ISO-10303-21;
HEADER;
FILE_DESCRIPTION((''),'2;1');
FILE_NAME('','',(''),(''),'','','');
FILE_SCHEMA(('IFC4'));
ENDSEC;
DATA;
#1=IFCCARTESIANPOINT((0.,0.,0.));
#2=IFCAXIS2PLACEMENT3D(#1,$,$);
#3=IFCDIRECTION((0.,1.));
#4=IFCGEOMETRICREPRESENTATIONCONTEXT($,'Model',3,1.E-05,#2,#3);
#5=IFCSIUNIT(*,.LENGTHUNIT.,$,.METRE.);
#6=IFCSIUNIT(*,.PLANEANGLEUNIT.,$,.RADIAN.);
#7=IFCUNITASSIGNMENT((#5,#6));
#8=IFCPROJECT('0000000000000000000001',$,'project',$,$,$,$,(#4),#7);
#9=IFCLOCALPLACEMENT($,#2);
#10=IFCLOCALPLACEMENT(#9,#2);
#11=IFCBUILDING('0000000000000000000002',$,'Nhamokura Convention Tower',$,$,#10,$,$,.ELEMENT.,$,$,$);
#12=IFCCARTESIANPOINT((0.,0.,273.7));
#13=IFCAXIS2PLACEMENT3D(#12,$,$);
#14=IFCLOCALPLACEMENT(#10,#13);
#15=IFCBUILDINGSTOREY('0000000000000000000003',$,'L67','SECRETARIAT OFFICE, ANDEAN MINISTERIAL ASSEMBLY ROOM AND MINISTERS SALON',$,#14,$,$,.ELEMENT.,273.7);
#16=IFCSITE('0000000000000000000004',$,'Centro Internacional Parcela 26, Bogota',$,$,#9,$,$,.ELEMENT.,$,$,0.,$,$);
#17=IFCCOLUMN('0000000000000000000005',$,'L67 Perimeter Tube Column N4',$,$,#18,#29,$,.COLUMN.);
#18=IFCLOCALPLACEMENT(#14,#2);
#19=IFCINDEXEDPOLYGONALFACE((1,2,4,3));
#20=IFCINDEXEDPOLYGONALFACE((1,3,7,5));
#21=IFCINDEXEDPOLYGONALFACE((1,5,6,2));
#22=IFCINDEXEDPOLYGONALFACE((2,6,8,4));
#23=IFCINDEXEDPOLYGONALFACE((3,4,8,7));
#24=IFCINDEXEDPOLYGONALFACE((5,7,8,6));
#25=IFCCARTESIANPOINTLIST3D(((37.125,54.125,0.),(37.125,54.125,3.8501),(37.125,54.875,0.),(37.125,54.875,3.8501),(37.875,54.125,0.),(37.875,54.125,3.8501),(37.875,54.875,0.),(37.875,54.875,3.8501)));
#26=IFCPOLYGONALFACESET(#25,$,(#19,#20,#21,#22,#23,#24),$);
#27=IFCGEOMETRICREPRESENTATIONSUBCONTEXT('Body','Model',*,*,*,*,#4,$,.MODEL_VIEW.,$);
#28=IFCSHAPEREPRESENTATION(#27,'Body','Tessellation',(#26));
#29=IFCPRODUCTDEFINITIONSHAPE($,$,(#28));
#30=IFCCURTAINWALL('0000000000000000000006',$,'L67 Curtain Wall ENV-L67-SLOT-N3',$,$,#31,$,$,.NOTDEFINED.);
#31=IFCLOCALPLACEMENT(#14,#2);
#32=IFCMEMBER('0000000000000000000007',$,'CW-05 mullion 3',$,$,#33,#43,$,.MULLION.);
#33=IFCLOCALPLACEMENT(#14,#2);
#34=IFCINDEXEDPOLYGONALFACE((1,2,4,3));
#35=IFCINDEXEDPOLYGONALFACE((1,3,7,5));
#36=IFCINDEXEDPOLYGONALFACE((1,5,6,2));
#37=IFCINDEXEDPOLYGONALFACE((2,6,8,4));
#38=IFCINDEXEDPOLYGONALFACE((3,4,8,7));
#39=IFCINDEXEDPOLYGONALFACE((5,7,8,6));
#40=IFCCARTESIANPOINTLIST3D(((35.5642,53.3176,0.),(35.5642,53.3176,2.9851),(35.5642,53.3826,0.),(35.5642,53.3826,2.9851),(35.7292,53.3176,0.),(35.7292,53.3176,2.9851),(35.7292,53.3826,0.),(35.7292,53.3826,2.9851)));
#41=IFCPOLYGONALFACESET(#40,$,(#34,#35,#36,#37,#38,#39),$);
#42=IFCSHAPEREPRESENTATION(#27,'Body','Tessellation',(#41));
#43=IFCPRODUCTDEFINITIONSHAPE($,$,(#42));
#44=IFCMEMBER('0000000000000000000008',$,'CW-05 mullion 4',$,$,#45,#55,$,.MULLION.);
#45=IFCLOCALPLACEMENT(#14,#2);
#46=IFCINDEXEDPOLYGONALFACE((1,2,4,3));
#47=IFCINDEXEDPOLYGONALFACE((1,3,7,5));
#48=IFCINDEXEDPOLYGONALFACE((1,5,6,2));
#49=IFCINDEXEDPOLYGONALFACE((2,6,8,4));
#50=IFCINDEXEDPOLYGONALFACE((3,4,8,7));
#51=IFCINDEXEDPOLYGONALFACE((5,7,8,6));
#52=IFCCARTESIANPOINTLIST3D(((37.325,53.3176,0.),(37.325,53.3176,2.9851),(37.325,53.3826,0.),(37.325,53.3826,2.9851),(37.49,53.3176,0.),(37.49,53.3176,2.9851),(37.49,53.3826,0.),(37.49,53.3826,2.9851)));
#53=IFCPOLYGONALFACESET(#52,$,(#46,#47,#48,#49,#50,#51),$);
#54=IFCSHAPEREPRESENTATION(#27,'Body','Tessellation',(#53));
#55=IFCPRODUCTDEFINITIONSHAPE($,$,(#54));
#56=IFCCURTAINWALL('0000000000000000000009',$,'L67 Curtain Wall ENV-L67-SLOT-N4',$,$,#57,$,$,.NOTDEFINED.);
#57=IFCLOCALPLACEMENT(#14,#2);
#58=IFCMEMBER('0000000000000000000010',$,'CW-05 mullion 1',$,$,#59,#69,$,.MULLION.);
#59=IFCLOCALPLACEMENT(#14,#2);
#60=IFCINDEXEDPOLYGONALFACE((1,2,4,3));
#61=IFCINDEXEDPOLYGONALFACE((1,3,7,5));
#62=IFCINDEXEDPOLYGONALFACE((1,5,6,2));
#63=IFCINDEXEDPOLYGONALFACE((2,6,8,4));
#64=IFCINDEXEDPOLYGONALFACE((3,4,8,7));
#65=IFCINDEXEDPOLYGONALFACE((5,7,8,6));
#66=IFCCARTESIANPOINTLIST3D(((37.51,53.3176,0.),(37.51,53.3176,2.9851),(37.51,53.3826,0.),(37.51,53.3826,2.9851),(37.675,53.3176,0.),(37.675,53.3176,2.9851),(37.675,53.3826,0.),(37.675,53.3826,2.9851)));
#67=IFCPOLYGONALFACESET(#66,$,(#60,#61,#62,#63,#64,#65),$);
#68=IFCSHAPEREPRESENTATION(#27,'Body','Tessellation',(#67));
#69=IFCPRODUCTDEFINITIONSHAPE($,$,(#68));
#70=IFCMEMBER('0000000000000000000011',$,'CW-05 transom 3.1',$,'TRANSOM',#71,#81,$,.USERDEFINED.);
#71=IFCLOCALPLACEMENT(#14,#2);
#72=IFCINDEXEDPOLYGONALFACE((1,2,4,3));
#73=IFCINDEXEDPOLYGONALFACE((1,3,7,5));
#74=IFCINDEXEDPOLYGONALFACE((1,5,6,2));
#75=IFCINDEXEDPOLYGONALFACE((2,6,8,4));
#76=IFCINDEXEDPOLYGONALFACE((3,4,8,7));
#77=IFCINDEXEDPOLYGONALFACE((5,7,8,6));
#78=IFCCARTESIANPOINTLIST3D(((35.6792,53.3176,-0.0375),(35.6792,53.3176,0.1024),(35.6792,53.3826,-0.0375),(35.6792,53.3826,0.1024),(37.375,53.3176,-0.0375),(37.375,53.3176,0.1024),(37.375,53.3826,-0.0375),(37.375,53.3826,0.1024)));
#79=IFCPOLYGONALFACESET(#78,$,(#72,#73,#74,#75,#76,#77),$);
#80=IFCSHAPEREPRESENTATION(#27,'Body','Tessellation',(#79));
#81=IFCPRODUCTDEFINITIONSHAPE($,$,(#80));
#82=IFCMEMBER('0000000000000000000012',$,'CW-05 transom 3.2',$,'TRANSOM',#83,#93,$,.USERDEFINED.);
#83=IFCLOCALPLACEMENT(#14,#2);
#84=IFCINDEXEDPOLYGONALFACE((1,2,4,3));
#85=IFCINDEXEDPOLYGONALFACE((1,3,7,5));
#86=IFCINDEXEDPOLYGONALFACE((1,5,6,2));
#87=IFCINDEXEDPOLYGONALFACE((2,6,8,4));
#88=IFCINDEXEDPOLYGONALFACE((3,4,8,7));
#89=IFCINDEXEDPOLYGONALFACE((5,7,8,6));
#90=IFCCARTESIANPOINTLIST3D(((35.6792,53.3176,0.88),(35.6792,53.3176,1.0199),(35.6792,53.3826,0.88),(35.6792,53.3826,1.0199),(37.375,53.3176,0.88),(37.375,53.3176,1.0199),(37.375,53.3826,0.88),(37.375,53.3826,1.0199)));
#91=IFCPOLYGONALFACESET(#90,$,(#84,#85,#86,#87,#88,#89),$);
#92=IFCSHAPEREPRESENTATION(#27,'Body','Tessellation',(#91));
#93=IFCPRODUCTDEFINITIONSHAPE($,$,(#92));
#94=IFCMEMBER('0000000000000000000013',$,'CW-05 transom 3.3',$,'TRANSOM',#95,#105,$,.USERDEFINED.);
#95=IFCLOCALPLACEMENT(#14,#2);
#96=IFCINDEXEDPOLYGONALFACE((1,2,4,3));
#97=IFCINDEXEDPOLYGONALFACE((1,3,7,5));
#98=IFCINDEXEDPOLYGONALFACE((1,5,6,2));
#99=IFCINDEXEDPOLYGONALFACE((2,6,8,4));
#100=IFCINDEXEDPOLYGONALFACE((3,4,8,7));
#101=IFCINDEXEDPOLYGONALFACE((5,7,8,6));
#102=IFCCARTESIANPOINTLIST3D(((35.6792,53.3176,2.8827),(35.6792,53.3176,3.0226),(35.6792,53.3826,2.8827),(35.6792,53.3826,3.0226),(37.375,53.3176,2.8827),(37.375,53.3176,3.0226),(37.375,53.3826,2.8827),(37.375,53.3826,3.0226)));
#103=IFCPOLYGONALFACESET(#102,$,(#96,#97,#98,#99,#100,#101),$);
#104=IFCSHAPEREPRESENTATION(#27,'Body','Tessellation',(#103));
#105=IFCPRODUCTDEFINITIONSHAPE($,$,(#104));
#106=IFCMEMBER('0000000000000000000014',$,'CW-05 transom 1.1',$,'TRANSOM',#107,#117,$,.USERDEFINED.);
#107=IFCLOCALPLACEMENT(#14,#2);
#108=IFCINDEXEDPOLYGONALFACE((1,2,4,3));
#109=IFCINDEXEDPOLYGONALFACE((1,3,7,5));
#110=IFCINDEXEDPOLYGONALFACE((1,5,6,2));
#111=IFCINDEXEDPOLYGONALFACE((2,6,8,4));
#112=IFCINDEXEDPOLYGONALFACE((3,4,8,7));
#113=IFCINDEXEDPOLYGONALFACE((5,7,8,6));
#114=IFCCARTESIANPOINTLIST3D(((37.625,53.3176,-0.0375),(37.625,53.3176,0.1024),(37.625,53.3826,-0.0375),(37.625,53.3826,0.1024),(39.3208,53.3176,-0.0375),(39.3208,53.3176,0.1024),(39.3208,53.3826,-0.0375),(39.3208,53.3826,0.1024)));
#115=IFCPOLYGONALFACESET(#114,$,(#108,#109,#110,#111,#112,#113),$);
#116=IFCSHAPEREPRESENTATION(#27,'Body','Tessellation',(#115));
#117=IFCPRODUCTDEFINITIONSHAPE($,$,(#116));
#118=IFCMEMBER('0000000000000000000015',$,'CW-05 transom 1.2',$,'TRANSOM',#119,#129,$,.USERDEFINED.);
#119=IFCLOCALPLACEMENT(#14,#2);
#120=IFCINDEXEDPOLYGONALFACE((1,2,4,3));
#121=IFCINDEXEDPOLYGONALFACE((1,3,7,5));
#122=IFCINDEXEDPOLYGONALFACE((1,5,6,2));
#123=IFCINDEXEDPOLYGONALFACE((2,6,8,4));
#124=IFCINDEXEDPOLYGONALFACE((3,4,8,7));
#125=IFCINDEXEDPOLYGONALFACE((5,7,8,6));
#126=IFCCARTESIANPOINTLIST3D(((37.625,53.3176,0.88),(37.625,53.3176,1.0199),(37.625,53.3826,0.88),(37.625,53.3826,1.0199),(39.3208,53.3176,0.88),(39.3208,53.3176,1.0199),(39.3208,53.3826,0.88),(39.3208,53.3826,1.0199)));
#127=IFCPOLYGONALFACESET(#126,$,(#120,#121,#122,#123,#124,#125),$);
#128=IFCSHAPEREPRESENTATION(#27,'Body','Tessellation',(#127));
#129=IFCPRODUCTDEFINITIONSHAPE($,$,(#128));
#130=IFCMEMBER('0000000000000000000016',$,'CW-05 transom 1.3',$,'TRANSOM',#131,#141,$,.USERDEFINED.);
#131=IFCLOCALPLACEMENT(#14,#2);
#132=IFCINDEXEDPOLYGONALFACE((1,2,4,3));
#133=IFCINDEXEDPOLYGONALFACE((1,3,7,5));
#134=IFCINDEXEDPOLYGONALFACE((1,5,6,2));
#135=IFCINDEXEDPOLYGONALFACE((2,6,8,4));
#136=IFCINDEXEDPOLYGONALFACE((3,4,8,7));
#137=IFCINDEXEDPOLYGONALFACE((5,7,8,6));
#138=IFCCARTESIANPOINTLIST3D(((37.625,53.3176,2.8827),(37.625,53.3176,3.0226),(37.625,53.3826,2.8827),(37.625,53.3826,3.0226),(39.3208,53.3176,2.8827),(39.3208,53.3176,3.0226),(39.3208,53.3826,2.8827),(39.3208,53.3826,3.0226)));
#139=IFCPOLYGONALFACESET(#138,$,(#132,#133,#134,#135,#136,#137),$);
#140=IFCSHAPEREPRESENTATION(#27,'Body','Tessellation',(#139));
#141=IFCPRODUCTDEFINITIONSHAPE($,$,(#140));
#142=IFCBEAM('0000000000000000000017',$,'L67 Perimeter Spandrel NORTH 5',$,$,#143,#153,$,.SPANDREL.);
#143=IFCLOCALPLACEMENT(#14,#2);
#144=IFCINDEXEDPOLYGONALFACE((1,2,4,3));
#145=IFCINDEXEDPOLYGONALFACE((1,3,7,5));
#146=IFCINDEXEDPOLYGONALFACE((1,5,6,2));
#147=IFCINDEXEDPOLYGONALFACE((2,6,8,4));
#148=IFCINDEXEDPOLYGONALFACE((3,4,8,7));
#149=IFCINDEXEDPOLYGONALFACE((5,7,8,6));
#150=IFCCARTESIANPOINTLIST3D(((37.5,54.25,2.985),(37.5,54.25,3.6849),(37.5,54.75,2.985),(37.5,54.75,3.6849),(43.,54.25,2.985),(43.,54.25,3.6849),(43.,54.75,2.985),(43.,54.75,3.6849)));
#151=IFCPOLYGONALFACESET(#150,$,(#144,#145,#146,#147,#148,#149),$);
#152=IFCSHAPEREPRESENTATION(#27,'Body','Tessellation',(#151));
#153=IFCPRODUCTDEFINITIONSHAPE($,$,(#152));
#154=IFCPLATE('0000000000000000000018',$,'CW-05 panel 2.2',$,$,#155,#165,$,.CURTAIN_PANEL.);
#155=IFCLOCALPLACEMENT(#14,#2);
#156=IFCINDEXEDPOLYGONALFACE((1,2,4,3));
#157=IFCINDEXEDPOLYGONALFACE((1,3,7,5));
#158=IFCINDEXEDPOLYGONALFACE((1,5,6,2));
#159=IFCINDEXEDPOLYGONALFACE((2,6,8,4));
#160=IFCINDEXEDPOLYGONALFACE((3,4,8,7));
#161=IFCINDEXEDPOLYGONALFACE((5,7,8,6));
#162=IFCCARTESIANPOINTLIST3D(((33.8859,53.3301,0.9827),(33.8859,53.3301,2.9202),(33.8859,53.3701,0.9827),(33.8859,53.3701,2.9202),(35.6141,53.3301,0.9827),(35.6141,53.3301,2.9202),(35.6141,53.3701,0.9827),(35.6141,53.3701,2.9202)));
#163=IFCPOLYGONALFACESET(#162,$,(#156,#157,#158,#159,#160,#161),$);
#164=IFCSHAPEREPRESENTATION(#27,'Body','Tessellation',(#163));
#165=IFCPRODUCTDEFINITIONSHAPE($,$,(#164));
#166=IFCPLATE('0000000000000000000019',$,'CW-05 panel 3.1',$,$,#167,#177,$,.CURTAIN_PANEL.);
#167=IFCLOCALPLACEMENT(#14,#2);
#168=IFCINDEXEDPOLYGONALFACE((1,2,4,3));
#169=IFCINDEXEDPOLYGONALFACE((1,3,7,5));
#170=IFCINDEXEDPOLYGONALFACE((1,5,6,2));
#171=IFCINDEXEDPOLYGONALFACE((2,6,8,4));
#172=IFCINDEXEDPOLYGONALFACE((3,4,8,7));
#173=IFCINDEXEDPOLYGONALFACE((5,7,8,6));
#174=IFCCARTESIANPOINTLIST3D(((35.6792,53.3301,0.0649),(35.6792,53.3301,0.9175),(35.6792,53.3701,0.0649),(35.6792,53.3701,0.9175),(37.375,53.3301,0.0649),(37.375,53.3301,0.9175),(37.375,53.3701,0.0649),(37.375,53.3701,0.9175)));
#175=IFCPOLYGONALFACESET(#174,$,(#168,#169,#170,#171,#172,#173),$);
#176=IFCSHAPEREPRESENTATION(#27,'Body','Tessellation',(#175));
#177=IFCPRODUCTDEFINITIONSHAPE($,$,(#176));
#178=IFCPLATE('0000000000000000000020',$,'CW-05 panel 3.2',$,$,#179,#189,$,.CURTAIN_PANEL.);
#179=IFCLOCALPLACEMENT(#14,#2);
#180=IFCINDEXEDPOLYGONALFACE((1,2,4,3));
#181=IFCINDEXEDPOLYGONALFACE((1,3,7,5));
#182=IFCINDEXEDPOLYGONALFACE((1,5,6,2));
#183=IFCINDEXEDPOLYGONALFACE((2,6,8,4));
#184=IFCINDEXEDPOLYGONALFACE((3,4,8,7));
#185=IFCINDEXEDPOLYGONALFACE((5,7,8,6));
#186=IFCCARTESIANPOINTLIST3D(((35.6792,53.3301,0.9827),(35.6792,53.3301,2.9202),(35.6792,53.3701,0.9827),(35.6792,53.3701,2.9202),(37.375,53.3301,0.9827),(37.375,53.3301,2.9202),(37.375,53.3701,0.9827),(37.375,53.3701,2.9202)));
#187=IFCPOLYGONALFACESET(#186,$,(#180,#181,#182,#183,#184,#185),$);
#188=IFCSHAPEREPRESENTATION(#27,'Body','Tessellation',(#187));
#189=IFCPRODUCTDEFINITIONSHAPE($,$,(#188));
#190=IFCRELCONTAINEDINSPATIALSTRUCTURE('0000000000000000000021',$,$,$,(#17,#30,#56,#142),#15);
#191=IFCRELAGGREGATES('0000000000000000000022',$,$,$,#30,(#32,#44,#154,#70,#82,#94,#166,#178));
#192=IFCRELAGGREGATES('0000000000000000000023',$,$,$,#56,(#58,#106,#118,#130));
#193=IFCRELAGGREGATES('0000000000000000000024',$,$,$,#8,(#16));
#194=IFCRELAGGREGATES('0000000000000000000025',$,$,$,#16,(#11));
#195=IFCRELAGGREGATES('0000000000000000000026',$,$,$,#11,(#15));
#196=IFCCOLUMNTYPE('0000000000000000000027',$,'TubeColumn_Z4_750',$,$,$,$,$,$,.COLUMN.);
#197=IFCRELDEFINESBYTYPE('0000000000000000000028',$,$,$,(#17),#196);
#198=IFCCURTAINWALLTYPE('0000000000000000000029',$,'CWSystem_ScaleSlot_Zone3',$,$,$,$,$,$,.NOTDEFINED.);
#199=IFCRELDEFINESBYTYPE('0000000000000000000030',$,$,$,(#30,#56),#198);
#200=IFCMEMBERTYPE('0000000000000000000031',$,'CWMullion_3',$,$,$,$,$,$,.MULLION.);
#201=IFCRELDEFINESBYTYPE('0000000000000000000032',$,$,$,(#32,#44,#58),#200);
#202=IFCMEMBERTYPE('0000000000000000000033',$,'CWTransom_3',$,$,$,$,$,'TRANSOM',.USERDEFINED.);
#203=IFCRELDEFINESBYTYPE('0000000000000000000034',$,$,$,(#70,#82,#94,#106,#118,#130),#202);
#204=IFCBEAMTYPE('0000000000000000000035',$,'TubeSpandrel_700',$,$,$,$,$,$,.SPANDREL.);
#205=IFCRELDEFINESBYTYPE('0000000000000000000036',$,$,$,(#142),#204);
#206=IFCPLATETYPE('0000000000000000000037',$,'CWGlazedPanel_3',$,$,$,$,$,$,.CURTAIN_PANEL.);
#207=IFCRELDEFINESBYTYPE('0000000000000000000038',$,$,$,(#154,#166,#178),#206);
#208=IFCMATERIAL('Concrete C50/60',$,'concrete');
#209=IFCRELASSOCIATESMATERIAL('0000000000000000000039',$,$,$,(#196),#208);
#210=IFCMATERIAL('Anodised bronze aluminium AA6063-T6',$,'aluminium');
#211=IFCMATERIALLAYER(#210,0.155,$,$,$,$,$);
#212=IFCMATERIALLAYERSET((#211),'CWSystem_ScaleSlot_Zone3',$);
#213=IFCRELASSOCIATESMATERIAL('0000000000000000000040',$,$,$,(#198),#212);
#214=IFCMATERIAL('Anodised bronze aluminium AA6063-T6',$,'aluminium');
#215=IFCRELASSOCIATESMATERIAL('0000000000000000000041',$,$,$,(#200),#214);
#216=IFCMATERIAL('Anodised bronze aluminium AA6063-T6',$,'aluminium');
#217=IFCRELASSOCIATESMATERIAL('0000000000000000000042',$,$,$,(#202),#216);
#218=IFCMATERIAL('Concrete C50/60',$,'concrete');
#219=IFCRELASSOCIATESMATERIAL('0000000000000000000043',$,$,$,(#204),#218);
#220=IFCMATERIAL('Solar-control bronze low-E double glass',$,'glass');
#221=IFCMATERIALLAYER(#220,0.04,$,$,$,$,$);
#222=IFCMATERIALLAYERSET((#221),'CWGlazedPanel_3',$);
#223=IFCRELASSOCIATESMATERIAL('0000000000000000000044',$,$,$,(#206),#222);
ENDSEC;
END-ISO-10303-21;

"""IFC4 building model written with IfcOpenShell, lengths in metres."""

from ifc_helpers import new_model, si_unit, direction, frame, origin, origin_2d, place, context, subcontext, project, spatial, rectangle, extrude, material, layer, layer_set, material_profile, profile_set, type_object, element, aggregate, save


model = new_model("IFC4")

# Units and contexts
model_context = context("Model", 3, precision=1e-05, world=origin(), true_north=direction((0.0, 1.0)))
body_context = subcontext(model_context, "Body", "Model", "MODEL_VIEW")
ifc_project = project(units=[si_unit("LENGTHUNIT", "METRE"), si_unit("PLANEANGLEUNIT", "RADIAN")], contexts=[model_context])

# Site, building, storey
site_placement = place(None, origin())
site = spatial("IfcSite", under=ifc_project, at=site_placement, Name="Centro Internacional Parcela 26, Bogota", CompositionType="ELEMENT", RefElevation=0.0)
building_placement = place(site_placement, origin())
building = spatial("IfcBuilding", under=site, at=building_placement, Name="Nhamokura Convention Tower", CompositionType="ELEMENT")
storey_placement = place(building_placement, frame((0.0, 0.0, 273.7)))
storey = spatial("IfcBuildingStorey", under=building, at=storey_placement, Name="L67", Description="SECRETARIAT OFFICE, ANDEAN MINISTERIAL ASSEMBLY ROOM AND MINISTERS SALON", CompositionType="ELEMENT", Elevation=273.7)

# Column
ifc_material_1 = material(Name="Concrete C50/60", Category="concrete")
ifc_material_profile_1 = material_profile(ifc_material_1, rectangle(XDim=0.75, YDim=0.75, at=origin_2d()))
ifc_profile_set_1 = profile_set([ifc_material_profile_1], Name="Concrete C50/60")
column_type = type_object("IfcColumnType", Name="TubeColumn_Z4_750", PredefinedType="COLUMN", material=ifc_profile_set_1)
column_placement = place(storey_placement, frame((37.5, 54.5, 0.0), z_axis=(0.0, 0.0, 1.0), x_axis=(1.0, 0.0, 0.0)))
element("IfcColumn", 1, at=column_placement, inside=storey, type_object=column_type, Name="L67 Perimeter Tube Column N4", PredefinedType="COLUMN", context=body_context, shape_type="SweptSolid", body=[
    extrude(rectangle(XDim=0.75, YDim=0.75, at=origin_2d()), origin(), (0.0, 0.0, 1.0), 3.8501),
])

# Curtain wall, members
ifc_material_2 = material(Name="Anodised bronze aluminium AA6063-T6", Category="aluminium")
ifc_layer_1 = layer(ifc_material_2, 0.155)
ifc_layer_set_1 = layer_set([ifc_layer_1], Name="CWSystem_ScaleSlot_Zone3")
curtain_wall_type = type_object("IfcCurtainWallType", Name="CWSystem_ScaleSlot_Zone3", PredefinedType="NOTDEFINED", material=ifc_layer_set_1)
curtain_wall_1_placement = place(storey_placement, origin())
curtain_wall_1 = element("IfcCurtainWall", 2, at=curtain_wall_1_placement, inside=storey, type_object=curtain_wall_type, Name="L67 Curtain Wall ENV-L67-SLOT-N3", PredefinedType="NOTDEFINED")
ifc_material_3 = material(Name="Anodised bronze aluminium AA6063-T6", Category="aluminium")
ifc_material_profile_2 = material_profile(ifc_material_3, rectangle(XDim=0.0649, YDim=0.165, at=origin_2d()))
ifc_profile_set_2 = profile_set([ifc_material_profile_2], Name="Anodised bronze aluminium AA6063-T6")
member_type_1 = type_object("IfcMemberType", Name="CWMullion_3", PredefinedType="MULLION", material=ifc_profile_set_2)
member_1_placement = place(storey_placement, frame((35.6467, 53.3501, 0.0), z_axis=(0.0, 0.0, 1.0), x_axis=(0.0, 1.0, 0.0)))
member_1 = element("IfcMember", 3, at=member_1_placement, type_object=member_type_1, Name="CW-05 mullion 3", PredefinedType="MULLION", context=body_context, shape_type="SweptSolid", body=[
    extrude(rectangle(XDim=0.0649, YDim=0.165, at=origin_2d()), origin(), (0.0, 0.0, 1.0), 2.9851),
])
member_2_placement = place(storey_placement, frame((37.4075, 53.3501, 0.0), z_axis=(0.0, 0.0, 1.0), x_axis=(0.0, 1.0, 0.0)))
member_2 = element("IfcMember", 4, at=member_2_placement, type_object=member_type_1, Name="CW-05 mullion 4", PredefinedType="MULLION", context=body_context, shape_type="SweptSolid", body=[
    extrude(rectangle(XDim=0.0649, YDim=0.165, at=origin_2d()), origin(), (0.0, 0.0, 1.0), 2.9851),
])

# Curtain wall, member
curtain_wall_2_placement = place(storey_placement, origin())
curtain_wall_2 = element("IfcCurtainWall", 5, at=curtain_wall_2_placement, inside=storey, type_object=curtain_wall_type, Name="L67 Curtain Wall ENV-L67-SLOT-N4", PredefinedType="NOTDEFINED")
member_3_placement = place(storey_placement, frame((37.5925, 53.3501, 0.0), z_axis=(0.0, 0.0, 1.0), x_axis=(0.0, 1.0, 0.0)))
member_3 = element("IfcMember", 6, at=member_3_placement, type_object=member_type_1, Name="CW-05 mullion 1", PredefinedType="MULLION", context=body_context, shape_type="SweptSolid", body=[
    extrude(rectangle(XDim=0.0649, YDim=0.165, at=origin_2d()), origin(), (0.0, 0.0, 1.0), 2.9851),
])

# Members
ifc_material_4 = material(Name="Anodised bronze aluminium AA6063-T6", Category="aluminium")
ifc_material_profile_3 = material_profile(ifc_material_4, rectangle(XDim=0.0649, YDim=0.1399, at=origin_2d()))
ifc_profile_set_3 = profile_set([ifc_material_profile_3], Name="Anodised bronze aluminium AA6063-T6")
member_type_2 = type_object("IfcMemberType", Name="CWTransom_3", ElementType="TRANSOM", PredefinedType="USERDEFINED", material=ifc_profile_set_3)
member_4_placement = place(storey_placement, frame((35.6792, 53.3501, 0.0325), z_axis=(1.0, 0.0, 0.0), x_axis=(0.0, 1.0, 0.0)))
member_4 = element("IfcMember", 7, at=member_4_placement, type_object=member_type_2, Name="CW-05 transom 3.1", ObjectType="TRANSOM", PredefinedType="USERDEFINED", context=body_context, shape_type="SweptSolid", body=[
    extrude(rectangle(XDim=0.0649, YDim=0.1399, at=origin_2d()), origin(), (0.0, 0.0, 1.0), 1.6958),
])
member_5_placement = place(storey_placement, frame((35.6792, 53.3501, 0.95), z_axis=(1.0, 0.0, 0.0), x_axis=(0.0, 1.0, 0.0)))
member_5 = element("IfcMember", 8, at=member_5_placement, type_object=member_type_2, Name="CW-05 transom 3.2", ObjectType="TRANSOM", PredefinedType="USERDEFINED", context=body_context, shape_type="SweptSolid", body=[
    extrude(rectangle(XDim=0.0649, YDim=0.1399, at=origin_2d()), origin(), (0.0, 0.0, 1.0), 1.6958),
])
member_6_placement = place(storey_placement, frame((35.6792, 53.3501, 2.9526), z_axis=(1.0, 0.0, 0.0), x_axis=(0.0, 1.0, 0.0)))
member_6 = element("IfcMember", 9, at=member_6_placement, type_object=member_type_2, Name="CW-05 transom 3.3", ObjectType="TRANSOM", PredefinedType="USERDEFINED", context=body_context, shape_type="SweptSolid", body=[
    extrude(rectangle(XDim=0.0649, YDim=0.1399, at=origin_2d()), origin(), (0.0, 0.0, 1.0), 1.6958),
])
member_7_placement = place(storey_placement, frame((37.625, 53.3501, 0.0325), z_axis=(1.0, 0.0, 0.0), x_axis=(0.0, 1.0, 0.0)))
member_7 = element("IfcMember", 10, at=member_7_placement, type_object=member_type_2, Name="CW-05 transom 1.1", ObjectType="TRANSOM", PredefinedType="USERDEFINED", context=body_context, shape_type="SweptSolid", body=[
    extrude(rectangle(XDim=0.0649, YDim=0.1399, at=origin_2d()), origin(), (0.0, 0.0, 1.0), 1.6958),
])
member_8_placement = place(storey_placement, frame((37.625, 53.3501, 0.95), z_axis=(1.0, 0.0, 0.0), x_axis=(0.0, 1.0, 0.0)))
member_8 = element("IfcMember", 11, at=member_8_placement, type_object=member_type_2, Name="CW-05 transom 1.2", ObjectType="TRANSOM", PredefinedType="USERDEFINED", context=body_context, shape_type="SweptSolid", body=[
    extrude(rectangle(XDim=0.0649, YDim=0.1399, at=origin_2d()), origin(), (0.0, 0.0, 1.0), 1.6958),
])
member_9_placement = place(storey_placement, frame((37.625, 53.3501, 2.9526), z_axis=(1.0, 0.0, 0.0), x_axis=(0.0, 1.0, 0.0)))
member_9 = element("IfcMember", 12, at=member_9_placement, type_object=member_type_2, Name="CW-05 transom 1.3", ObjectType="TRANSOM", PredefinedType="USERDEFINED", context=body_context, shape_type="SweptSolid", body=[
    extrude(rectangle(XDim=0.0649, YDim=0.1399, at=origin_2d()), origin(), (0.0, 0.0, 1.0), 1.6958),
])

# Beam
ifc_material_5 = material(Name="Concrete C50/60", Category="concrete")
ifc_material_profile_4 = material_profile(ifc_material_5, rectangle(XDim=0.5, YDim=0.7, at=origin_2d()))
ifc_profile_set_4 = profile_set([ifc_material_profile_4], Name="Concrete C50/60")
beam_type = type_object("IfcBeamType", Name="TubeSpandrel_700", PredefinedType="SPANDREL", material=ifc_profile_set_4)
beam_placement = place(storey_placement, frame((37.5, 54.5, 3.335), z_axis=(1.0, 0.0, 0.0), x_axis=(0.0, 1.0, 0.0)))
element("IfcBeam", 13, at=beam_placement, inside=storey, type_object=beam_type, Name="L67 Perimeter Spandrel NORTH 5", PredefinedType="SPANDREL", context=body_context, shape_type="SweptSolid", body=[
    extrude(rectangle(XDim=0.5, YDim=0.7, at=origin_2d()), origin(), (0.0, 0.0, 1.0), 5.5),
])

# Plates
ifc_material_6 = material(Name="Solar-control bronze low-E double glass", Category="glass")
ifc_layer_2 = layer(ifc_material_6, 0.04)
ifc_layer_set_2 = layer_set([ifc_layer_2], Name="CWGlazedPanel_3")
plate_type = type_object("IfcPlateType", Name="CWGlazedPanel_3", PredefinedType="CURTAIN_PANEL", material=ifc_layer_set_2)
plate_1_placement = place(storey_placement, frame((34.75, 53.3501, 0.9827), z_axis=(0.0, 0.0, 1.0), x_axis=(1.0, 0.0, 0.0)))
plate_1 = element("IfcPlate", 14, at=plate_1_placement, type_object=plate_type, Name="CW-05 panel 2.2", PredefinedType="CURTAIN_PANEL", context=body_context, shape_type="SweptSolid", body=[
    extrude(rectangle(XDim=1.7283, YDim=0.04, at=origin_2d()), origin(), (0.0, 0.0, 1.0), 1.9375),
])
plate_2_placement = place(storey_placement, frame((36.5271, 53.3501, 0.0649), z_axis=(0.0, 0.0, 1.0), x_axis=(1.0, 0.0, 0.0)))
plate_2 = element("IfcPlate", 15, at=plate_2_placement, type_object=plate_type, Name="CW-05 panel 3.1", PredefinedType="CURTAIN_PANEL", context=body_context, shape_type="SweptSolid", body=[
    extrude(rectangle(XDim=1.6958, YDim=0.04, at=origin_2d()), origin(), (0.0, 0.0, 1.0), 0.8525),
])
plate_3_placement = place(storey_placement, frame((36.5271, 53.3501, 0.9827), z_axis=(0.0, 0.0, 1.0), x_axis=(1.0, 0.0, 0.0)))
plate_3 = element("IfcPlate", 16, at=plate_3_placement, type_object=plate_type, Name="CW-05 panel 3.2", PredefinedType="CURTAIN_PANEL", context=body_context, shape_type="SweptSolid", body=[
    extrude(rectangle(XDim=1.6958, YDim=0.04, at=origin_2d()), origin(), (0.0, 0.0, 1.0), 1.9375),
])
aggregate(curtain_wall_1, [member_1, member_2, plate_1, member_4, member_5, member_6, plate_2, plate_3])
aggregate(curtain_wall_2, [member_3, member_7, member_8, member_9])

save(model, "model.ifc")
